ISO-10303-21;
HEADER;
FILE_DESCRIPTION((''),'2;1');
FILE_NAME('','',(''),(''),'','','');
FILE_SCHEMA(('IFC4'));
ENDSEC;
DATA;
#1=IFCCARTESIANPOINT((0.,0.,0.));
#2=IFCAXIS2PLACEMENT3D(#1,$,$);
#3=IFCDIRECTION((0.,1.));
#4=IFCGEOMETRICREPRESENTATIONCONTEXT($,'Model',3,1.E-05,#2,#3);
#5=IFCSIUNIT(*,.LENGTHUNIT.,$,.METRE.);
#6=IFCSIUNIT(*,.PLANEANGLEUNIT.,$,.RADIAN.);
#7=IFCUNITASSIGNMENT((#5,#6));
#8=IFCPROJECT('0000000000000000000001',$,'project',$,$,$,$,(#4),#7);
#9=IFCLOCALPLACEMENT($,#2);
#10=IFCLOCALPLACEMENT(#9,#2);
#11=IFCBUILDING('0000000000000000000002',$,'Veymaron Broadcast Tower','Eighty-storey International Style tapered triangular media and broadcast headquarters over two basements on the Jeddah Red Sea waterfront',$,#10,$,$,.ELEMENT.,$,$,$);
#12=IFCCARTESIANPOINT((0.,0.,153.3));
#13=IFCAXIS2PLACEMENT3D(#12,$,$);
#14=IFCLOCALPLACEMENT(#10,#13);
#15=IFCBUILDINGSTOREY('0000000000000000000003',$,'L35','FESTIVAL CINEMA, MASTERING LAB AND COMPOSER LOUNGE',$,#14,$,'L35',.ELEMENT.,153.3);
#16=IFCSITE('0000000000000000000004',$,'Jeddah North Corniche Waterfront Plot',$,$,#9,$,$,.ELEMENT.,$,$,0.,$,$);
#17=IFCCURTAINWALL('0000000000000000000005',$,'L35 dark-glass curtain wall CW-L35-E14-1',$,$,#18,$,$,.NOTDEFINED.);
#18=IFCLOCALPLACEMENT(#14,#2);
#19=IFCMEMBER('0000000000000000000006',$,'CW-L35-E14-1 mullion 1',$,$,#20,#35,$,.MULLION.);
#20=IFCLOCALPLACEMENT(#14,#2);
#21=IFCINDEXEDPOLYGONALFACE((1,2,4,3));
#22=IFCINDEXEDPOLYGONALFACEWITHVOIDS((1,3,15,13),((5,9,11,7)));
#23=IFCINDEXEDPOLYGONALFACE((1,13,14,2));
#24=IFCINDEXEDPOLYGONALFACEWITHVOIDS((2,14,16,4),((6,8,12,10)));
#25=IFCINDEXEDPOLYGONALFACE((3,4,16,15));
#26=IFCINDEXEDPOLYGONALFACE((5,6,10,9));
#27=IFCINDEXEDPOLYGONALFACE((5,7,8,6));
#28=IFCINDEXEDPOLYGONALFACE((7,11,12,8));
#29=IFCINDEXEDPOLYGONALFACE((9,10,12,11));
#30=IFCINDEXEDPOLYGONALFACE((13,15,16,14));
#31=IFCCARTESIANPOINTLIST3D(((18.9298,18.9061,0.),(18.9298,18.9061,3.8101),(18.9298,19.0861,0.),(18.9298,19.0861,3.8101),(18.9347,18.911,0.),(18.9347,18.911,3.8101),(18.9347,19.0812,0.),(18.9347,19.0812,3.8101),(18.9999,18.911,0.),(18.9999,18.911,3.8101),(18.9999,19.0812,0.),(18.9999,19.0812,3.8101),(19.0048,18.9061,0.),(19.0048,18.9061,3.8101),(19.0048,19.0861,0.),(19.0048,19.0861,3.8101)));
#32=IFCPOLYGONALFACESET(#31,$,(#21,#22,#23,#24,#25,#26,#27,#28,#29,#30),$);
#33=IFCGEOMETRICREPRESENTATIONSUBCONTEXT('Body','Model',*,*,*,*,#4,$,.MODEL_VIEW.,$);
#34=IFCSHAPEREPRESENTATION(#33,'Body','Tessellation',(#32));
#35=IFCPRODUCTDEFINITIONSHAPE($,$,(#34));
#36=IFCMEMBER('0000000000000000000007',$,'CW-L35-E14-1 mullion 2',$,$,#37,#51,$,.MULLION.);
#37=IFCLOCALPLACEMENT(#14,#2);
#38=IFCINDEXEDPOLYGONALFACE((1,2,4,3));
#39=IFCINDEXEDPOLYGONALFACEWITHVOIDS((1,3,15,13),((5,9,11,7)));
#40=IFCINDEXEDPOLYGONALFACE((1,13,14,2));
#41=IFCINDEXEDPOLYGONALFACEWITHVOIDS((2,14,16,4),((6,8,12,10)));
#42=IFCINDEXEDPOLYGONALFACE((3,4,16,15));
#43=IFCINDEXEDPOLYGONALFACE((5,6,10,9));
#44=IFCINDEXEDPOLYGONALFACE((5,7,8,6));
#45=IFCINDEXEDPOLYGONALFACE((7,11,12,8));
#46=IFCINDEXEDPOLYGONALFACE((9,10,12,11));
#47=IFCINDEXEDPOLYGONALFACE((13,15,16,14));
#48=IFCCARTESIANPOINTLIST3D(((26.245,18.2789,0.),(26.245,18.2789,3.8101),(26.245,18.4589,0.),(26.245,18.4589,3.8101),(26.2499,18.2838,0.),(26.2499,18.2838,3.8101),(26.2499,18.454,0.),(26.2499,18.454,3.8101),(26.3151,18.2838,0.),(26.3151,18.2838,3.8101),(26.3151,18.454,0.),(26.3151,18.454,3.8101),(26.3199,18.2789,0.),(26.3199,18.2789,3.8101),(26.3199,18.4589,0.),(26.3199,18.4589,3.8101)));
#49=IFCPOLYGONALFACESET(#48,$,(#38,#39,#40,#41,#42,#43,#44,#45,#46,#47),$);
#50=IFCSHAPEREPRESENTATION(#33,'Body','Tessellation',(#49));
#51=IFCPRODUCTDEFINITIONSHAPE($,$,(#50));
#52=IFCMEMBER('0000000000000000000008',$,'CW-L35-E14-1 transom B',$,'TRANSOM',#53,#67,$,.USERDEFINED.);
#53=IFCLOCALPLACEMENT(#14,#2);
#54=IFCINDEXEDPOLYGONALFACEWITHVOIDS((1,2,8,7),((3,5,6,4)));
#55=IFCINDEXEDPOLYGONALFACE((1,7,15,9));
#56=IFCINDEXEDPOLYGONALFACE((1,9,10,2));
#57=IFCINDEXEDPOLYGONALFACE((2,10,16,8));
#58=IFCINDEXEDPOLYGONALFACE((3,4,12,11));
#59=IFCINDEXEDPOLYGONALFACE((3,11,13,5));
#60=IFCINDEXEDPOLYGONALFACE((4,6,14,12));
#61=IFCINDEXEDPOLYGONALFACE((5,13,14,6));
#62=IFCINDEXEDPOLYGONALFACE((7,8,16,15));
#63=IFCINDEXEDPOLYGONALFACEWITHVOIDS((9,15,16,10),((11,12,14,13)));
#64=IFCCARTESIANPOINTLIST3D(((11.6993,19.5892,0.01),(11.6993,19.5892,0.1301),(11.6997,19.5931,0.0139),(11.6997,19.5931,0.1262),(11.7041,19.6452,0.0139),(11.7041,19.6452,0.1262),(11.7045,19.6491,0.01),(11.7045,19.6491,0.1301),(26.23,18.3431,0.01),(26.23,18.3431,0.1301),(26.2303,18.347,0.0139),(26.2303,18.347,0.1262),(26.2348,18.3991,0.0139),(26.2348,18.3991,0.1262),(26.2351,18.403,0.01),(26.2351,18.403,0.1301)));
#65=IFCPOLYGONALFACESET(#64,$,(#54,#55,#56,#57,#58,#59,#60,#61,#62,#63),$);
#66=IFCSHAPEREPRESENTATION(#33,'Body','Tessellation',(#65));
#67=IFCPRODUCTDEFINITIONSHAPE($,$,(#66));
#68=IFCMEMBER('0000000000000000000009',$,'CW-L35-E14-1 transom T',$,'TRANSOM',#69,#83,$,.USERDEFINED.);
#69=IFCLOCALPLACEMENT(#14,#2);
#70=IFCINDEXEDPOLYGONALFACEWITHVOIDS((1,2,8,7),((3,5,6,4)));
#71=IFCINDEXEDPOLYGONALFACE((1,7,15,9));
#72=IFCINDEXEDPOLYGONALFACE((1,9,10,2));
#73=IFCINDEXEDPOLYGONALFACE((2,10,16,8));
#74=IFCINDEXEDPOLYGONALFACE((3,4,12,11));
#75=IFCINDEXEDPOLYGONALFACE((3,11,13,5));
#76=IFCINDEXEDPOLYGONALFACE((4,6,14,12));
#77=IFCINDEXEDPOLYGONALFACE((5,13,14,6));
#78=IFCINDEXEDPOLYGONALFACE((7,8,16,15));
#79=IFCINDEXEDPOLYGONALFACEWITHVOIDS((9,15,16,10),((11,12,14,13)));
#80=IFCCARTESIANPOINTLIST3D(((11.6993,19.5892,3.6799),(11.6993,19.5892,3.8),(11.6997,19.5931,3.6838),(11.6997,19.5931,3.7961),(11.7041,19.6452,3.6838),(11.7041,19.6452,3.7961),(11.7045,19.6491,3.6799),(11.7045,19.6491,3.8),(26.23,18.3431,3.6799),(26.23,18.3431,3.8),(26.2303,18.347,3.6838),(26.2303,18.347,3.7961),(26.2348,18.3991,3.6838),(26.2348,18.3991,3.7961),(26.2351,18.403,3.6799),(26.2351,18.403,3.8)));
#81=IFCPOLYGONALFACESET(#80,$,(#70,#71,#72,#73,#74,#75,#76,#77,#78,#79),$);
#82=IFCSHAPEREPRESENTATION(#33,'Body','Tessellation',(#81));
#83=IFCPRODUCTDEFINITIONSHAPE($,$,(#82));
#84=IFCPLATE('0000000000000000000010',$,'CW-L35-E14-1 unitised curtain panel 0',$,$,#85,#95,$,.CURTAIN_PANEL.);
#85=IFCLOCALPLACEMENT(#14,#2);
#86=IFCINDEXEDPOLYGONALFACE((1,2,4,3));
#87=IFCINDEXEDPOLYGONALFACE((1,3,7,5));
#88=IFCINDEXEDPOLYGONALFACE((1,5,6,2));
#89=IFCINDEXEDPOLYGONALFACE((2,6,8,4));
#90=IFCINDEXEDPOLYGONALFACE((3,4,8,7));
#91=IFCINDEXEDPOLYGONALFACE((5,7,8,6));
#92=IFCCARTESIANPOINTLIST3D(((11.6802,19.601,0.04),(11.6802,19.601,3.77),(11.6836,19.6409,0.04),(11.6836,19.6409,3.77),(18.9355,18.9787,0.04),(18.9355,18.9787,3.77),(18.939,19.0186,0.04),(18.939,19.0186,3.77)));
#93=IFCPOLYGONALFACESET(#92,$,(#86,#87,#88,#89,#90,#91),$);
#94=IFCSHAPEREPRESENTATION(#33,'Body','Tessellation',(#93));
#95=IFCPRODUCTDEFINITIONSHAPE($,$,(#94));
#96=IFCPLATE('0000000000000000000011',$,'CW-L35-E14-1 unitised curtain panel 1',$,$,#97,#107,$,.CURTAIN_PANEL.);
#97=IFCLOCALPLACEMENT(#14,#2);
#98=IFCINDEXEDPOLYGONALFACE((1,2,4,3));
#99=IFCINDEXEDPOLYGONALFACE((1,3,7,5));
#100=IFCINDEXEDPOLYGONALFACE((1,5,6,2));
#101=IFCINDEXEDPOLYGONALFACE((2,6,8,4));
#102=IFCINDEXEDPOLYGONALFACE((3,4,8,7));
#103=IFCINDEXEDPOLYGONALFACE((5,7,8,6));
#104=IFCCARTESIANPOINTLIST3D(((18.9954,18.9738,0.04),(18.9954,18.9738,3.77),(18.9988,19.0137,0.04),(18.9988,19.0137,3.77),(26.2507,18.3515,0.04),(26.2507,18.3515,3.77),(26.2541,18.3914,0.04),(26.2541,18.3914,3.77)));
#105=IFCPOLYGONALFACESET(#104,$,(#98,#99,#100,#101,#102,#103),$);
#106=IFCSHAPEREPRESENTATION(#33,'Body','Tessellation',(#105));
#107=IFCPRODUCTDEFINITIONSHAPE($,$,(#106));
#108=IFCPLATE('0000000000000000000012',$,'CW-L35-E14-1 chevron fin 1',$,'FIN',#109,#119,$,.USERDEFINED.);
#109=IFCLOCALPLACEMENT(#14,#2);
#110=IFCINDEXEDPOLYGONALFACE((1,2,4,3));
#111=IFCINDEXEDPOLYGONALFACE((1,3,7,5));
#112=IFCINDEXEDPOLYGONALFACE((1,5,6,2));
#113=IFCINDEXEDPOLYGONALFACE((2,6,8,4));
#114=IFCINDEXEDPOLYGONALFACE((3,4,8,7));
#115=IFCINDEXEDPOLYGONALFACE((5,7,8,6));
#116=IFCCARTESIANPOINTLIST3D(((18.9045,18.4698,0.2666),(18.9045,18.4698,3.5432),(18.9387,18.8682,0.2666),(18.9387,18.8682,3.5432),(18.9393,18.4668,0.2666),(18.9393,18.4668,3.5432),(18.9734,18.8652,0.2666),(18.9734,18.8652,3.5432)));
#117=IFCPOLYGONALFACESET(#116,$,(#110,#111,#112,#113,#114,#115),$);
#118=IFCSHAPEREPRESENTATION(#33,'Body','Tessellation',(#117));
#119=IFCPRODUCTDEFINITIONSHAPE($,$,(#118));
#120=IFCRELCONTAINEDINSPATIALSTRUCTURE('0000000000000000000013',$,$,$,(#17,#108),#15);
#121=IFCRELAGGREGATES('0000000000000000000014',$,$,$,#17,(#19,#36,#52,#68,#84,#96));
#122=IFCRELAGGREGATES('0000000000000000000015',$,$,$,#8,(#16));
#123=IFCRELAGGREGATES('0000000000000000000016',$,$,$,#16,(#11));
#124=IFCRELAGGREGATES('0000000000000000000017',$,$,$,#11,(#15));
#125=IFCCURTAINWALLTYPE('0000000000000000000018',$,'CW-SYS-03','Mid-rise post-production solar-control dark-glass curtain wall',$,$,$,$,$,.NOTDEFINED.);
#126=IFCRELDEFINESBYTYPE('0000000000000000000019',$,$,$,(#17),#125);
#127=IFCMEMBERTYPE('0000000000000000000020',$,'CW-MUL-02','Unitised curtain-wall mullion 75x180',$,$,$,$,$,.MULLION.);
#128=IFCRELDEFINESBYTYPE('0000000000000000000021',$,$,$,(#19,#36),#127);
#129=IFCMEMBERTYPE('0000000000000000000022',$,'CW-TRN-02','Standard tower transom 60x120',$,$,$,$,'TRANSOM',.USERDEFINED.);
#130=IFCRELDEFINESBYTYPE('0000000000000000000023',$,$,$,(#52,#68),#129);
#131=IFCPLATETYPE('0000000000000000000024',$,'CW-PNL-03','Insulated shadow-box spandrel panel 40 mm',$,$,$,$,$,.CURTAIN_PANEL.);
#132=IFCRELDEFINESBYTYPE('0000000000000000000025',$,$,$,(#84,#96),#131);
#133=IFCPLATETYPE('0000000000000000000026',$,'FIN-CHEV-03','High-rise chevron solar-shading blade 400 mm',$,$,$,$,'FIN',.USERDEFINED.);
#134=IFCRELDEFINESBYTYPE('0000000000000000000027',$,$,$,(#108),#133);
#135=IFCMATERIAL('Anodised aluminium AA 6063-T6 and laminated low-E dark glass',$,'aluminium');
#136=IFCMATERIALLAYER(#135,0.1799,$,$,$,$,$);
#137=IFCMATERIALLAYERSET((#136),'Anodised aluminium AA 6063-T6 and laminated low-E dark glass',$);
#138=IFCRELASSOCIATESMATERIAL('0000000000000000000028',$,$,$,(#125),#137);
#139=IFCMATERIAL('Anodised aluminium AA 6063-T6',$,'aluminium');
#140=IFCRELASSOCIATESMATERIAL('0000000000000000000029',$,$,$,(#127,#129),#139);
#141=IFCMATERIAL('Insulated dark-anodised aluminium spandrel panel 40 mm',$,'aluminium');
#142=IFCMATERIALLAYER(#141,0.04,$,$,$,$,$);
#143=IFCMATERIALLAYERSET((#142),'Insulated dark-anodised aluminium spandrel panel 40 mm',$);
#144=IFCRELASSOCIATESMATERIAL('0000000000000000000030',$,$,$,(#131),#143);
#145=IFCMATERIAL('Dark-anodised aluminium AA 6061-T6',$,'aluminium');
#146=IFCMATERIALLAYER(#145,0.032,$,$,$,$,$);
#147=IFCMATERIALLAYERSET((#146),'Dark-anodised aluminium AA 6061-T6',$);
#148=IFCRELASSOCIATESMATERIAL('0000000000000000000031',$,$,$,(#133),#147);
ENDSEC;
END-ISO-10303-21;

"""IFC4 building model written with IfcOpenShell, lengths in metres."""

from ifc_helpers import new_model, si_unit, direction, frame, origin, origin_2d, place, context, subcontext, project, spatial, rectangle, hollow_rectangle, extrude, material, layer, layer_set, material_profile, profile_set, type_object, element, aggregate, save


model = new_model("IFC4")

# Units and contexts
model_context = context("Model", 3, precision=1e-05, world=origin(), true_north=direction((0.0, 1.0)))
body_context = subcontext(model_context, "Body", "Model", "MODEL_VIEW")
ifc_project = project(units=[si_unit("LENGTHUNIT", "METRE"), si_unit("PLANEANGLEUNIT", "RADIAN")], contexts=[model_context])

# Site, building, storey
site_placement = place(None, origin())
site = spatial("IfcSite", under=ifc_project, at=site_placement, Name="Jeddah North Corniche Waterfront Plot", CompositionType="ELEMENT", RefElevation=0.0)
building_placement = place(site_placement, origin())
building = spatial("IfcBuilding", under=site, at=building_placement, Name="Veymaron Broadcast Tower", Description="Eighty-storey International Style tapered triangular media and broadcast headquarters over two basements on the Jeddah Red Sea waterfront", CompositionType="ELEMENT")
storey_placement = place(building_placement, frame((0.0, 0.0, 153.3)))
storey = spatial("IfcBuildingStorey", under=building, at=storey_placement, Name="L35", Description="FESTIVAL CINEMA, MASTERING LAB AND COMPOSER LOUNGE", LongName="L35", CompositionType="ELEMENT", Elevation=153.3)

# Curtain wall, members, plates
ifc_material_1 = material(Name="Anodised aluminium AA 6063-T6 and laminated low-E dark glass", Category="aluminium")
ifc_layer_1 = layer(ifc_material_1, 0.1799)
ifc_layer_set_1 = layer_set([ifc_layer_1], Name="Anodised aluminium AA 6063-T6 and laminated low-E dark glass")
curtain_wall_type = type_object("IfcCurtainWallType", Name="CW-SYS-03", Description="Mid-rise post-production solar-control dark-glass curtain wall", PredefinedType="NOTDEFINED", material=ifc_layer_set_1)
curtain_wall_placement = place(storey_placement, origin())
curtain_wall = element("IfcCurtainWall", 1, at=curtain_wall_placement, inside=storey, type_object=curtain_wall_type, Name="L35 dark-glass curtain wall CW-L35-E14-1", PredefinedType="NOTDEFINED")
ifc_material_2 = material(Name="Anodised aluminium AA 6063-T6", Category="aluminium")
ifc_material_profile_1 = material_profile(ifc_material_2, hollow_rectangle(XDim=0.075, YDim=0.1799, WallThickness=0.0049, at=origin_2d()), Name="AL180X75X5")
ifc_profile_set_1 = profile_set([ifc_material_profile_1], Name="Anodised aluminium AA 6063-T6")
member_type_1 = type_object("IfcMemberType", Name="CW-MUL-02", Description="Unitised curtain-wall mullion 75x180", PredefinedType="MULLION", material=ifc_profile_set_1)
member_1_placement = place(storey_placement, frame((18.9673, 18.9961, 0.0), z_axis=(0.0, 0.0, 1.0), x_axis=(1.0, 0.0, 0.0)))
member_1 = element("IfcMember", 2, at=member_1_placement, type_object=member_type_1, Name="CW-L35-E14-1 mullion 1", PredefinedType="MULLION", context=body_context, shape_type="SweptSolid", body=[
    extrude(hollow_rectangle(XDim=0.075, YDim=0.1799, WallThickness=0.0049, at=origin_2d()), origin(), (0.0, 0.0, 1.0), 3.8101),
])
member_2_placement = place(storey_placement, frame((26.2825, 18.3689, 0.0), z_axis=(0.0, 0.0, 1.0), x_axis=(1.0, 0.0, 0.0)))
member_2 = element("IfcMember", 3, at=member_2_placement, type_object=member_type_1, Name="CW-L35-E14-1 mullion 2", PredefinedType="MULLION", context=body_context, shape_type="SweptSolid", body=[
    extrude(hollow_rectangle(XDim=0.075, YDim=0.1799, WallThickness=0.0049, at=origin_2d()), origin(), (0.0, 0.0, 1.0), 3.8101),
])
ifc_material_profile_2 = material_profile(ifc_material_2, hollow_rectangle(XDim=0.0601, YDim=0.1201, WallThickness=0.0039, at=origin_2d()), Name="AL120X60X4")
ifc_profile_set_2 = profile_set([ifc_material_profile_2], Name="Anodised aluminium AA 6063-T6")
member_type_2 = type_object("IfcMemberType", Name="CW-TRN-02", Description="Standard tower transom 60x120", ElementType="TRANSOM", PredefinedType="USERDEFINED", material=ifc_profile_set_2)
member_3_placement = place(storey_placement, frame((11.7019, 19.6191, 0.0701), z_axis=(0.996343, -0.085442, 0.0), x_axis=(0.085442, 0.996343, 0.0)))
member_3 = element("IfcMember", 4, at=member_3_placement, type_object=member_type_2, Name="CW-L35-E14-1 transom B", ObjectType="TRANSOM", PredefinedType="USERDEFINED", context=body_context, shape_type="SweptSolid", body=[
    extrude(hollow_rectangle(XDim=0.0601, YDim=0.1201, WallThickness=0.0039, at=origin_2d()), origin(), (0.0, 0.0, 1.0), 14.584),
])
member_4_placement = place(storey_placement, frame((11.7019, 19.6191, 3.74), z_axis=(0.996343, -0.085442, 0.0), x_axis=(0.085442, 0.996343, 0.0)))
member_4 = element("IfcMember", 5, at=member_4_placement, type_object=member_type_2, Name="CW-L35-E14-1 transom T", ObjectType="TRANSOM", PredefinedType="USERDEFINED", context=body_context, shape_type="SweptSolid", body=[
    extrude(hollow_rectangle(XDim=0.0601, YDim=0.1201, WallThickness=0.0039, at=origin_2d()), origin(), (0.0, 0.0, 1.0), 14.584),
])
ifc_material_3 = material(Name="Insulated dark-anodised aluminium spandrel panel 40 mm", Category="aluminium")
ifc_layer_2 = layer(ifc_material_3, 0.04)
ifc_layer_set_2 = layer_set([ifc_layer_2], Name="Insulated dark-anodised aluminium spandrel panel 40 mm")
plate_type_1 = type_object("IfcPlateType", Name="CW-PNL-03", Description="Insulated shadow-box spandrel panel 40 mm", PredefinedType="CURTAIN_PANEL", material=ifc_layer_set_2)
plate_1_placement = place(storey_placement, frame((15.3096, 19.3098, 0.04), z_axis=(0.0, 0.0, 1.0), x_axis=(0.996342, -0.085452, 0.0)))
plate_1 = element("IfcPlate", 6, at=plate_1_placement, type_object=plate_type_1, Name="CW-L35-E14-1 unitised curtain panel 0", PredefinedType="CURTAIN_PANEL", context=body_context, shape_type="SweptSolid", body=[
    extrude(rectangle(XDim=7.282, YDim=0.04, at=origin_2d()), origin(), (0.0, 0.0, 1.0), 3.73),
])
plate_2_placement = place(storey_placement, frame((22.6248, 18.6826, 0.04), z_axis=(0.0, 0.0, 1.0), x_axis=(0.996342, -0.085452, 0.0)))
plate_2 = element("IfcPlate", 7, at=plate_2_placement, type_object=plate_type_1, Name="CW-L35-E14-1 unitised curtain panel 1", PredefinedType="CURTAIN_PANEL", context=body_context, shape_type="SweptSolid", body=[
    extrude(rectangle(XDim=7.282, YDim=0.04, at=origin_2d()), origin(), (0.0, 0.0, 1.0), 3.73),
])
aggregate(curtain_wall, [member_1, member_2, member_3, member_4, plate_1, plate_2])

# Plate
ifc_material_4 = material(Name="Dark-anodised aluminium AA 6061-T6", Category="aluminium")
ifc_layer_3 = layer(ifc_material_4, 0.032)
ifc_layer_set_3 = layer_set([ifc_layer_3], Name="Dark-anodised aluminium AA 6061-T6")
plate_type_2 = type_object("IfcPlateType", Name="FIN-CHEV-03", Description="High-rise chevron solar-shading blade 400 mm", ElementType="FIN", PredefinedType="USERDEFINED", material=ifc_layer_set_3)
plate_3_placement = place(storey_placement, frame((18.939, 18.6675, 0.2666), z_axis=(0.0, 0.0, 1.0), x_axis=(-0.085452, -0.996342, 0.0)))
element("IfcPlate", 8, at=plate_3_placement, inside=storey, type_object=plate_type_2, Name="CW-L35-E14-1 chevron fin 1", ObjectType="FIN", PredefinedType="USERDEFINED", context=body_context, shape_type="SweptSolid", body=[
    extrude(rectangle(XDim=0.3999, YDim=0.0349, at=origin_2d()), origin(), (0.0, 0.0, 1.0), 3.2766),
])

save(model, "model.ifc")
